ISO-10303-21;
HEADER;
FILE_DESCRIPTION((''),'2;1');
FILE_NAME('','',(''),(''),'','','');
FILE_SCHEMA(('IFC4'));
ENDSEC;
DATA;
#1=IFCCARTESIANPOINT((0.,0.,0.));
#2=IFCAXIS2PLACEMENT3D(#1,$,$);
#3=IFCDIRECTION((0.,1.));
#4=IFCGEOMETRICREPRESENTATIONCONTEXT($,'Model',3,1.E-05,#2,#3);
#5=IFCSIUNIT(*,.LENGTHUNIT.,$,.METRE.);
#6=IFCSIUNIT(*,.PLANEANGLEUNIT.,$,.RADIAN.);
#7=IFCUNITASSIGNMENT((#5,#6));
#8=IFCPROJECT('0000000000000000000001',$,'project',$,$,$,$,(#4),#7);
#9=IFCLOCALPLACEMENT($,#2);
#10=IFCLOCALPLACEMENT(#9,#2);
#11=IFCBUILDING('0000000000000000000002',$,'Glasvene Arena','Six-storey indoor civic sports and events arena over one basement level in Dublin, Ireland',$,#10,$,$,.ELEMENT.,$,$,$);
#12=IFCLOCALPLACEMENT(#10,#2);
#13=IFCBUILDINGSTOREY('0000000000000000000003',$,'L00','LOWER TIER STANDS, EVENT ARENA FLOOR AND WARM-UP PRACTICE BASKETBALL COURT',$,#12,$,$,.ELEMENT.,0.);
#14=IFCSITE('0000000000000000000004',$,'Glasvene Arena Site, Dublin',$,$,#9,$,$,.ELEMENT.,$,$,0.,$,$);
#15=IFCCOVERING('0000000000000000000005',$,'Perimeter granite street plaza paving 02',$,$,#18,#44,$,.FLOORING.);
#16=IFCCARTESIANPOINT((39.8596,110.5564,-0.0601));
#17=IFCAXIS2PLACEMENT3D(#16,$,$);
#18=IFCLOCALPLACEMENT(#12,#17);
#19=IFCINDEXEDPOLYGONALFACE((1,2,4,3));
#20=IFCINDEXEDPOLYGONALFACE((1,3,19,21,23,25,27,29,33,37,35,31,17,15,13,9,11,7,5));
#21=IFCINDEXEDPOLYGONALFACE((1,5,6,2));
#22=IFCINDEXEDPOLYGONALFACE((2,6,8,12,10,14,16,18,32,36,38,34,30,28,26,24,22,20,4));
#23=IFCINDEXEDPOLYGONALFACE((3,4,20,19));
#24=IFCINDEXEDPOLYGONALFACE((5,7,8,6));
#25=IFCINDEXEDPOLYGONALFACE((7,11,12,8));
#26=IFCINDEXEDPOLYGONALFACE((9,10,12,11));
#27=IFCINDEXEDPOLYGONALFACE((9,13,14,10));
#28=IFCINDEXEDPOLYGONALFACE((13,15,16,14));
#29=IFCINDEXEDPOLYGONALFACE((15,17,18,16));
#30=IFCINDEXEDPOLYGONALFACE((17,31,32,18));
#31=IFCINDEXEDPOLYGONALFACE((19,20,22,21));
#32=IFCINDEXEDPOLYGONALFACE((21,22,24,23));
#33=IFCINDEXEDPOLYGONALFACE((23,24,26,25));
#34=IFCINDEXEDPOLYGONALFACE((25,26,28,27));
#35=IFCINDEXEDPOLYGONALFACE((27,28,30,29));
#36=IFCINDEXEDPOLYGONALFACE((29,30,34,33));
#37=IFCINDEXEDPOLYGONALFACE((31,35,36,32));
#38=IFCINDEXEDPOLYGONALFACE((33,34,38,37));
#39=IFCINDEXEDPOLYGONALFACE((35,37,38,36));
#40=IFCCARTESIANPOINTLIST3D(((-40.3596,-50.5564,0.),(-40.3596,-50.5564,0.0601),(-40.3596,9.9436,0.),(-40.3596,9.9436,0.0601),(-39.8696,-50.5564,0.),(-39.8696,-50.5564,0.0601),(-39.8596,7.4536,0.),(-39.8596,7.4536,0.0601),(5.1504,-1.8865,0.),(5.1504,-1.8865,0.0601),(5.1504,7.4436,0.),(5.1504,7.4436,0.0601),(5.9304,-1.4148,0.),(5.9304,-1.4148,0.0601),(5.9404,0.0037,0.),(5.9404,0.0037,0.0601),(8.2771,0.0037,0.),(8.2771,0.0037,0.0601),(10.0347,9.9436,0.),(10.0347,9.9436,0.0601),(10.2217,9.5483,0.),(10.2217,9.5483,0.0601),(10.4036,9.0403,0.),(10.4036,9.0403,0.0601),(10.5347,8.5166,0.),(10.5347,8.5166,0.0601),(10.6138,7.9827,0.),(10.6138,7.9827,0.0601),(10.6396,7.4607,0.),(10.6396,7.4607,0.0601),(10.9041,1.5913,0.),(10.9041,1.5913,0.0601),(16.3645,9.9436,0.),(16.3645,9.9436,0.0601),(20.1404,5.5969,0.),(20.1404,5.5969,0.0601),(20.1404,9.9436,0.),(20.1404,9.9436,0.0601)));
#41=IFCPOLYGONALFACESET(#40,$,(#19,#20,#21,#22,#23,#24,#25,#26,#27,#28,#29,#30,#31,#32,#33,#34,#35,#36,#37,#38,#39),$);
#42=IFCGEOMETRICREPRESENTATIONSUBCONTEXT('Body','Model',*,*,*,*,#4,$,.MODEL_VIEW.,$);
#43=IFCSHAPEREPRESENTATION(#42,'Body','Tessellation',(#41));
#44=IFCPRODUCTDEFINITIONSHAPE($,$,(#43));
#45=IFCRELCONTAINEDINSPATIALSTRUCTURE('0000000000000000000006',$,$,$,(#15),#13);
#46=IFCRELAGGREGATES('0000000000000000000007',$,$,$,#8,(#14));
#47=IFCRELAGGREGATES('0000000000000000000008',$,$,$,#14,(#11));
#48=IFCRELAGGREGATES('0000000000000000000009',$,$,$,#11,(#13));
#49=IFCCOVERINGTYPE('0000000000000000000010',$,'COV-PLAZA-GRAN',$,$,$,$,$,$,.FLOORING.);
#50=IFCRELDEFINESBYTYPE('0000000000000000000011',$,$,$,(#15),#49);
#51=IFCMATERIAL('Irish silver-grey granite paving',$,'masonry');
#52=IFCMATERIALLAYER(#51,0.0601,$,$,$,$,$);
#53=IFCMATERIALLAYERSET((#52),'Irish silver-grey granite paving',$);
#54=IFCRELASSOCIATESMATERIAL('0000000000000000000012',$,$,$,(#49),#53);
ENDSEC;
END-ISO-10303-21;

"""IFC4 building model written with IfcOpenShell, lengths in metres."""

from ifc_helpers import new_model, si_unit, direction, frame, origin, place, context, subcontext, project, spatial, polyline, outline, extrude, material, layer, layer_set, type_object, element, save


model = new_model("IFC4")

# Units and contexts
model_context = context("Model", 3, precision=1e-05, world=origin(), true_north=direction((0.0, 1.0)))
body_context = subcontext(model_context, "Body", "Model", "MODEL_VIEW")
ifc_project = project(units=[si_unit("LENGTHUNIT", "METRE"), si_unit("PLANEANGLEUNIT", "RADIAN")], contexts=[model_context])

# Site, building, storey
site_placement = place(None, origin())
site = spatial("IfcSite", under=ifc_project, at=site_placement, Name="Glasvene Arena Site, Dublin", CompositionType="ELEMENT", RefElevation=0.0)
building_placement = place(site_placement, origin())
building = spatial("IfcBuilding", under=site, at=building_placement, Name="Glasvene Arena", Description="Six-storey indoor civic sports and events arena over one basement level in Dublin, Ireland", CompositionType="ELEMENT")
storey_placement = place(building_placement, origin())
storey = spatial("IfcBuildingStorey", under=building, at=storey_placement, Name="L00", Description="LOWER TIER STANDS, EVENT ARENA FLOOR AND WARM-UP PRACTICE BASKETBALL COURT", CompositionType="ELEMENT", Elevation=0.0)

# Covering
ifc_material_1 = material(Name="Irish silver-grey granite paving", Category="masonry")
ifc_layer_1 = layer(ifc_material_1, 0.0601)
ifc_layer_set_1 = layer_set([ifc_layer_1], Name="Irish silver-grey granite paving")
covering_type_1 = type_object("IfcCoveringType", Name="COV-PLAZA-GRAN", PredefinedType="FLOORING", material=ifc_layer_set_1)
covering_1_placement = place(storey_placement, frame((39.8596, 110.5564, -0.0601)))
element("IfcCovering", 1, at=covering_1_placement, inside=storey, type_object=covering_type_1, Name="Perimeter granite street plaza paving 02", PredefinedType="FLOORING", context=body_context, shape_type="SweptSolid", body=[
    extrude(outline(polyline([(10.0347, 9.9436), (10.2217, 9.5483), (10.4036, 9.0403), (10.5347, 8.5166), (10.6138, 7.9827), (10.6396, 7.4607), (16.3645, 9.9436), (20.1404, 9.9436), (20.1404, 5.5969), (10.9041, 1.5913), (8.2771, 0.0037), (5.9404, 0.0037), (5.9304, -1.4148), (5.1504, -1.8865), (5.1504, 7.4436), (-39.8596, 7.4536), (-39.8696, -50.5564), (-40.3596, -50.5564), (-40.3596, 9.9436), (10.0347, 9.9436)])), origin(), (0.0, 0.0, 1.0), 0.0601),
])

save(model, "model.ifc")
